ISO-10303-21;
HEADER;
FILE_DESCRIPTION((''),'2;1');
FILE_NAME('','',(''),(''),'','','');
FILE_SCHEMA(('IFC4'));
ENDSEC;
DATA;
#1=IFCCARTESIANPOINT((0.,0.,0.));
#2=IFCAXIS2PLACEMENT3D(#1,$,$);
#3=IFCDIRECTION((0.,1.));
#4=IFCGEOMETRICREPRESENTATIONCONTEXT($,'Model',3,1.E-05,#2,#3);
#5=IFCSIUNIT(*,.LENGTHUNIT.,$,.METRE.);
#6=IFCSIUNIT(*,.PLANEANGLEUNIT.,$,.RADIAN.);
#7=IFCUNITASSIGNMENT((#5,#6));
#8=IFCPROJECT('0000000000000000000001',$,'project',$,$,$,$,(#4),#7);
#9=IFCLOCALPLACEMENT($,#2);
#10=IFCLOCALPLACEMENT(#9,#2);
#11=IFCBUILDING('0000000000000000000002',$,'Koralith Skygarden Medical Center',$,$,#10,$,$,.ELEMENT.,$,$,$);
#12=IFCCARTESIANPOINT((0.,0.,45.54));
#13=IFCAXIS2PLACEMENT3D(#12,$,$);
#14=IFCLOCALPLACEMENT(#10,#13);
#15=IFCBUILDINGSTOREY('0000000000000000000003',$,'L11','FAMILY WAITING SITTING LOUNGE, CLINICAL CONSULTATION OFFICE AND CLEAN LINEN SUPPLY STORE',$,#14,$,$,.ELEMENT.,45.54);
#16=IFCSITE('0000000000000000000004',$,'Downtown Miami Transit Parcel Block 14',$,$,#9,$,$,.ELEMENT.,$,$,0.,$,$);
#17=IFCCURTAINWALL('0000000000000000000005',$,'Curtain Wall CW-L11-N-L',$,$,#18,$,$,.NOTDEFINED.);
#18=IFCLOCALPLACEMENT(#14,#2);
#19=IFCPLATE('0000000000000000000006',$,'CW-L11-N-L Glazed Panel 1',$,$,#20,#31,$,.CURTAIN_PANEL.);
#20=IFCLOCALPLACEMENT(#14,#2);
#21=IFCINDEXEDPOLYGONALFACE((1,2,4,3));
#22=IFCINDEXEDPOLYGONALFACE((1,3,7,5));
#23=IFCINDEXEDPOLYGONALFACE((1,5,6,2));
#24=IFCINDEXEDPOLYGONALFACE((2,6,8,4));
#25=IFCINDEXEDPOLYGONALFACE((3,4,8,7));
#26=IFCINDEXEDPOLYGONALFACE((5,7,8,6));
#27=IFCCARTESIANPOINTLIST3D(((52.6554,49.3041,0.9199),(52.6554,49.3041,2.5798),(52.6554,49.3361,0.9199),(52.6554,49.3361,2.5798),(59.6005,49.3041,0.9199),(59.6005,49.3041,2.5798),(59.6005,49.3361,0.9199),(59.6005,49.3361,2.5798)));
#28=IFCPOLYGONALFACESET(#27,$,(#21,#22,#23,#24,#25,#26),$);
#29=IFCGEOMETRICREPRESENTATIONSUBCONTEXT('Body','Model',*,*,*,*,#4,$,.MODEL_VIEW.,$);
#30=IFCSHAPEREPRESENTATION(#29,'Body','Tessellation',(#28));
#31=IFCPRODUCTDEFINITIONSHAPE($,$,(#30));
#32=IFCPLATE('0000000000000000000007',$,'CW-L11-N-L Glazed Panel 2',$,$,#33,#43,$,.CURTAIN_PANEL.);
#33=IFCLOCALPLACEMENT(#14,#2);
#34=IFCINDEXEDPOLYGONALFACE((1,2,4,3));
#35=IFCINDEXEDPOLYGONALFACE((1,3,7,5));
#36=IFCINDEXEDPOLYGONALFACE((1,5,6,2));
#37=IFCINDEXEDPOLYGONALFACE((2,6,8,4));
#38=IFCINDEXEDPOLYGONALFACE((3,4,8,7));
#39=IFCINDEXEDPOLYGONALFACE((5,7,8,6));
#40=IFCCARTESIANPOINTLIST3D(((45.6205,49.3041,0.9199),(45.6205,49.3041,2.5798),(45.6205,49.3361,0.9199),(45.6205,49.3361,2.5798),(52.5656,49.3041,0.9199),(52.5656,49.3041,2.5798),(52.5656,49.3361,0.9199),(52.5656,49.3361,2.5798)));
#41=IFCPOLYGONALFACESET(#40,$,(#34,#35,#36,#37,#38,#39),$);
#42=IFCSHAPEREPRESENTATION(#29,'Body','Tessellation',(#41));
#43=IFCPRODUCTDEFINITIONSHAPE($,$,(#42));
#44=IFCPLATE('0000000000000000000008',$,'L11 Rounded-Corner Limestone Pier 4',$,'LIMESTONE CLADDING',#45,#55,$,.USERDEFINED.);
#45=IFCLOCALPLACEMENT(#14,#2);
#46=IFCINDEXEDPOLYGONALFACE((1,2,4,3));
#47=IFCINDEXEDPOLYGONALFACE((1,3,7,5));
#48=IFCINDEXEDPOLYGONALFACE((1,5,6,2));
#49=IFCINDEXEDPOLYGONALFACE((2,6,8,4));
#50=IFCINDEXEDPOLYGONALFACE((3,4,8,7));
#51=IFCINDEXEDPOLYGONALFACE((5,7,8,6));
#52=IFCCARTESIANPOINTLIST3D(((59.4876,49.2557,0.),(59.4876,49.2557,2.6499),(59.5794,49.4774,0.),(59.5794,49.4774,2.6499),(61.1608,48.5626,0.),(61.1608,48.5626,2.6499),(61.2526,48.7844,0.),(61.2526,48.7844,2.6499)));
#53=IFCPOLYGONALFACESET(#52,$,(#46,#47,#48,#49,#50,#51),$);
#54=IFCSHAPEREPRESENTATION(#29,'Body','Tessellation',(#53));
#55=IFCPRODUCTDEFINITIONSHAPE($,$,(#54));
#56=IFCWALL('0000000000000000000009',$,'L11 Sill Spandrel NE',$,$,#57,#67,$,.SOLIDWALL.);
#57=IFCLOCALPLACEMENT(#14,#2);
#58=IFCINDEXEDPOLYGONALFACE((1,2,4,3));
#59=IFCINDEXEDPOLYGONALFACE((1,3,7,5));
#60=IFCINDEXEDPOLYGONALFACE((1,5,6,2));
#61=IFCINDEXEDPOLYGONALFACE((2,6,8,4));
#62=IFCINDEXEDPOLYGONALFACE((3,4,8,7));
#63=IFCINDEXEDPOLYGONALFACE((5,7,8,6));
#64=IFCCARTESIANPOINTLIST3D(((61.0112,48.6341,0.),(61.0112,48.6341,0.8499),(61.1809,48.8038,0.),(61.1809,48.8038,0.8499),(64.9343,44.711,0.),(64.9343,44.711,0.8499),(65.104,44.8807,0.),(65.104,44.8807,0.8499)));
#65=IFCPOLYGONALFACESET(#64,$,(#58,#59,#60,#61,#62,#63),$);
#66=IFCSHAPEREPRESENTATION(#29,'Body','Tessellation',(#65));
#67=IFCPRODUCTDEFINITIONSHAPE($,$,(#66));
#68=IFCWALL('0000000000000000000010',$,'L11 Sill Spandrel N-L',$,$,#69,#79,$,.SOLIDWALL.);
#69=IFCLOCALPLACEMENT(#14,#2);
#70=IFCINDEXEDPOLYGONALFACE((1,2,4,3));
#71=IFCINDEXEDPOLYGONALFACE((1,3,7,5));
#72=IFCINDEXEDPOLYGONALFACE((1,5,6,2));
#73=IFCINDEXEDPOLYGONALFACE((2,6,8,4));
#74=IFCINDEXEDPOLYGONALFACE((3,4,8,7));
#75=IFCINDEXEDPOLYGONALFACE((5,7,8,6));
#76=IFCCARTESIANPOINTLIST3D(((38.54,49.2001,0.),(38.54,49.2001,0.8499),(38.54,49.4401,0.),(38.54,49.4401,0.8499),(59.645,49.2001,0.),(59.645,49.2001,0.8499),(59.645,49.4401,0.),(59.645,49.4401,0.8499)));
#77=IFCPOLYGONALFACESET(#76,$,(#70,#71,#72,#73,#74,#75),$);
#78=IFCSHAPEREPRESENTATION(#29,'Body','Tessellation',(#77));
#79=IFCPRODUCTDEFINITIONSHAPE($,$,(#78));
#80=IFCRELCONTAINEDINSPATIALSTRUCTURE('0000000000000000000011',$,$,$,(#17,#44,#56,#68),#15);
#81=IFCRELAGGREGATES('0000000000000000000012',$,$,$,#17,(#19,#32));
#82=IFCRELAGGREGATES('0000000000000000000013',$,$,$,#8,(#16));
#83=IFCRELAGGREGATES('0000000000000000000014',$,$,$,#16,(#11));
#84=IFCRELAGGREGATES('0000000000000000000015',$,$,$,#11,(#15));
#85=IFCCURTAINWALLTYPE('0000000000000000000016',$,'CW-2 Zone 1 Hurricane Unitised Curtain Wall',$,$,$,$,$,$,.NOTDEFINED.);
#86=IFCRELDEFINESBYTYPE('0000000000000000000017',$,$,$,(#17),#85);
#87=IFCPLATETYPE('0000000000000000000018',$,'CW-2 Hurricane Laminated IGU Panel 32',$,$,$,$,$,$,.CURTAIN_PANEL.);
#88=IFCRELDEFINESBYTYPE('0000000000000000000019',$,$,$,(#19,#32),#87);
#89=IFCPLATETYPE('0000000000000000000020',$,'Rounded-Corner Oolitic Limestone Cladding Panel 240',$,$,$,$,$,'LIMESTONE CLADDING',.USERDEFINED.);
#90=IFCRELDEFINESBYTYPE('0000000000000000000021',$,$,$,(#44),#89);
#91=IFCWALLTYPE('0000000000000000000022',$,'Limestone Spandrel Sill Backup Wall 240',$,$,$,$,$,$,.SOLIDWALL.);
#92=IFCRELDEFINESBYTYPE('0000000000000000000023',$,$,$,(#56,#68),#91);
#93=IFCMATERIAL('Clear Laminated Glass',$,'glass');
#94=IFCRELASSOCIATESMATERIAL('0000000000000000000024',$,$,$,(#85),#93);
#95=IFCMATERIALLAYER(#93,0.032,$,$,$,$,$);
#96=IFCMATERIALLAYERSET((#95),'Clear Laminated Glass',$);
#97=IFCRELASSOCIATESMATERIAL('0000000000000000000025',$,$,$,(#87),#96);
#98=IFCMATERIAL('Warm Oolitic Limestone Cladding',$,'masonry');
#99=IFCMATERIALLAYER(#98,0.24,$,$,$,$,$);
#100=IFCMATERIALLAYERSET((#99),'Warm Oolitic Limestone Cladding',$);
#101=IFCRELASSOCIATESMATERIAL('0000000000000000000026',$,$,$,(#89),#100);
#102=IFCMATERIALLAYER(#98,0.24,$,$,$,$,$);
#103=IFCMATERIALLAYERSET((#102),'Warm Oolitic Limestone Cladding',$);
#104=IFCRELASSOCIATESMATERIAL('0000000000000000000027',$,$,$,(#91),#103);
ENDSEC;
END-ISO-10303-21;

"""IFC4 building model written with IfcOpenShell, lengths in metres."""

from ifc_helpers import new_model, si_unit, direction, frame, frame_2d, origin, origin_2d, place, context, subcontext, project, spatial, rectangle, extrude, material, layer, layer_set, type_object, element, aggregate, save


model = new_model("IFC4")

# Units and contexts
model_context = context("Model", 3, precision=1e-05, world=origin(), true_north=direction((0.0, 1.0)))
body_context = subcontext(model_context, "Body", "Model", "MODEL_VIEW")
ifc_project = project(units=[si_unit("LENGTHUNIT", "METRE"), si_unit("PLANEANGLEUNIT", "RADIAN")], contexts=[model_context])

# Site, building, storey
site_placement = place(None, origin())
site = spatial("IfcSite", under=ifc_project, at=site_placement, Name="Downtown Miami Transit Parcel Block 14", CompositionType="ELEMENT", RefElevation=0.0)
building_placement = place(site_placement, origin())
building = spatial("IfcBuilding", under=site, at=building_placement, Name="Koralith Skygarden Medical Center", CompositionType="ELEMENT")
storey_placement = place(building_placement, frame((0.0, 0.0, 45.54)))
storey = spatial("IfcBuildingStorey", under=building, at=storey_placement, Name="L11", Description="FAMILY WAITING SITTING LOUNGE, CLINICAL CONSULTATION OFFICE AND CLEAN LINEN SUPPLY STORE", CompositionType="ELEMENT", Elevation=45.54)

# Curtain wall
ifc_material_1 = material(Name="Clear Laminated Glass", Category="glass")
curtain_wall_type = type_object("IfcCurtainWallType", Name="CW-2 Zone 1 Hurricane Unitised Curtain Wall", PredefinedType="NOTDEFINED", material=ifc_material_1)
curtain_wall_1_placement = place(storey_placement, origin())
curtain_wall_1 = element("IfcCurtainWall", 1, at=curtain_wall_1_placement, inside=storey, type_object=curtain_wall_type, Name="Curtain Wall CW-L11-N-L", PredefinedType="NOTDEFINED")

# Plates
ifc_layer_1 = layer(ifc_material_1, 0.032)
ifc_layer_set_1 = layer_set([ifc_layer_1], Name="Clear Laminated Glass")
plate_type_1 = type_object("IfcPlateType", Name="CW-2 Hurricane Laminated IGU Panel 32", PredefinedType="CURTAIN_PANEL", material=ifc_layer_set_1)
plate_1_placement = place(storey_placement, frame((56.1279, 49.3201, 0.9199), z_axis=(0.0, 0.0, 1.0), x_axis=(-1.0, 0.0, 0.0)))
plate_1 = element("IfcPlate", 2, at=plate_1_placement, type_object=plate_type_1, Name="CW-L11-N-L Glazed Panel 1", PredefinedType="CURTAIN_PANEL", context=body_context, shape_type="SweptSolid", body=[
    extrude(rectangle(XDim=6.9451, YDim=0.032, at=origin_2d()), origin(), (0.0, 0.0, 1.0), 1.6599),
])
plate_2_placement = place(storey_placement, frame((49.093, 49.3201, 0.9199), z_axis=(0.0, 0.0, 1.0), x_axis=(-1.0, 0.0, 0.0)))
plate_2 = element("IfcPlate", 3, at=plate_2_placement, type_object=plate_type_1, Name="CW-L11-N-L Glazed Panel 2", PredefinedType="CURTAIN_PANEL", context=body_context, shape_type="SweptSolid", body=[
    extrude(rectangle(XDim=6.9451, YDim=0.032, at=origin_2d()), origin(), (0.0, 0.0, 1.0), 1.6599),
])
aggregate(curtain_wall_1, [plate_1, plate_2])
ifc_material_2 = material(Name="Warm Oolitic Limestone Cladding", Category="masonry")
ifc_layer_2 = layer(ifc_material_2, 0.24)
ifc_layer_set_2 = layer_set([ifc_layer_2], Name="Warm Oolitic Limestone Cladding")
plate_type_2 = type_object("IfcPlateType", Name="Rounded-Corner Oolitic Limestone Cladding Panel 240", ElementType="LIMESTONE CLADDING", PredefinedType="USERDEFINED", material=ifc_layer_set_2)
plate_3_placement = place(storey_placement, frame((60.3701, 49.02, 0.0), z_axis=(0.0, 0.0, 1.0), x_axis=(-0.923885, 0.382671, 0.0)))
element("IfcPlate", 4, at=plate_3_placement, inside=storey, type_object=plate_type_2, Name="L11 Rounded-Corner Limestone Pier 4", ObjectType="LIMESTONE CLADDING", PredefinedType="USERDEFINED", context=body_context, shape_type="SweptSolid", body=[
    extrude(rectangle(XDim=1.811, YDim=0.24, at=origin_2d()), origin(), (0.0, 0.0, 1.0), 2.6499),
])

# Walls
ifc_layer_3 = layer(ifc_material_2, 0.24)
ifc_layer_set_3 = layer_set([ifc_layer_3], Name="Warm Oolitic Limestone Cladding")
wall_type = type_object("IfcWallType", Name="Limestone Spandrel Sill Backup Wall 240", PredefinedType="SOLIDWALL", material=ifc_layer_set_3)
wall_1_placement = place(storey_placement, frame((65.019, 44.7959, 0.0), z_axis=(0.0, 0.0, 1.0), x_axis=(-0.707107, 0.707107, 0.0)))
element("IfcWall", 5, at=wall_1_placement, inside=storey, type_object=wall_type, Name="L11 Sill Spandrel NE", PredefinedType="SOLIDWALL", context=body_context, shape_type="SweptSolid", body=[
    extrude(rectangle(XDim=5.5481, YDim=0.24, at=frame_2d((2.7739, 0.0))), origin(), (0.0, 0.0, 1.0), 0.8499),
])
wall_2_placement = place(storey_placement, frame((59.645, 49.3201, 0.0), z_axis=(0.0, 0.0, 1.0), x_axis=(-1.0, 0.0, 0.0)))
element("IfcWall", 6, at=wall_2_placement, inside=storey, type_object=wall_type, Name="L11 Sill Spandrel N-L", PredefinedType="SOLIDWALL", context=body_context, shape_type="SweptSolid", body=[
    extrude(rectangle(XDim=21.105, YDim=0.24, at=frame_2d((10.5525, 0.0))), origin(), (0.0, 0.0, 1.0), 0.8499),
])

save(model, "model.ifc")
